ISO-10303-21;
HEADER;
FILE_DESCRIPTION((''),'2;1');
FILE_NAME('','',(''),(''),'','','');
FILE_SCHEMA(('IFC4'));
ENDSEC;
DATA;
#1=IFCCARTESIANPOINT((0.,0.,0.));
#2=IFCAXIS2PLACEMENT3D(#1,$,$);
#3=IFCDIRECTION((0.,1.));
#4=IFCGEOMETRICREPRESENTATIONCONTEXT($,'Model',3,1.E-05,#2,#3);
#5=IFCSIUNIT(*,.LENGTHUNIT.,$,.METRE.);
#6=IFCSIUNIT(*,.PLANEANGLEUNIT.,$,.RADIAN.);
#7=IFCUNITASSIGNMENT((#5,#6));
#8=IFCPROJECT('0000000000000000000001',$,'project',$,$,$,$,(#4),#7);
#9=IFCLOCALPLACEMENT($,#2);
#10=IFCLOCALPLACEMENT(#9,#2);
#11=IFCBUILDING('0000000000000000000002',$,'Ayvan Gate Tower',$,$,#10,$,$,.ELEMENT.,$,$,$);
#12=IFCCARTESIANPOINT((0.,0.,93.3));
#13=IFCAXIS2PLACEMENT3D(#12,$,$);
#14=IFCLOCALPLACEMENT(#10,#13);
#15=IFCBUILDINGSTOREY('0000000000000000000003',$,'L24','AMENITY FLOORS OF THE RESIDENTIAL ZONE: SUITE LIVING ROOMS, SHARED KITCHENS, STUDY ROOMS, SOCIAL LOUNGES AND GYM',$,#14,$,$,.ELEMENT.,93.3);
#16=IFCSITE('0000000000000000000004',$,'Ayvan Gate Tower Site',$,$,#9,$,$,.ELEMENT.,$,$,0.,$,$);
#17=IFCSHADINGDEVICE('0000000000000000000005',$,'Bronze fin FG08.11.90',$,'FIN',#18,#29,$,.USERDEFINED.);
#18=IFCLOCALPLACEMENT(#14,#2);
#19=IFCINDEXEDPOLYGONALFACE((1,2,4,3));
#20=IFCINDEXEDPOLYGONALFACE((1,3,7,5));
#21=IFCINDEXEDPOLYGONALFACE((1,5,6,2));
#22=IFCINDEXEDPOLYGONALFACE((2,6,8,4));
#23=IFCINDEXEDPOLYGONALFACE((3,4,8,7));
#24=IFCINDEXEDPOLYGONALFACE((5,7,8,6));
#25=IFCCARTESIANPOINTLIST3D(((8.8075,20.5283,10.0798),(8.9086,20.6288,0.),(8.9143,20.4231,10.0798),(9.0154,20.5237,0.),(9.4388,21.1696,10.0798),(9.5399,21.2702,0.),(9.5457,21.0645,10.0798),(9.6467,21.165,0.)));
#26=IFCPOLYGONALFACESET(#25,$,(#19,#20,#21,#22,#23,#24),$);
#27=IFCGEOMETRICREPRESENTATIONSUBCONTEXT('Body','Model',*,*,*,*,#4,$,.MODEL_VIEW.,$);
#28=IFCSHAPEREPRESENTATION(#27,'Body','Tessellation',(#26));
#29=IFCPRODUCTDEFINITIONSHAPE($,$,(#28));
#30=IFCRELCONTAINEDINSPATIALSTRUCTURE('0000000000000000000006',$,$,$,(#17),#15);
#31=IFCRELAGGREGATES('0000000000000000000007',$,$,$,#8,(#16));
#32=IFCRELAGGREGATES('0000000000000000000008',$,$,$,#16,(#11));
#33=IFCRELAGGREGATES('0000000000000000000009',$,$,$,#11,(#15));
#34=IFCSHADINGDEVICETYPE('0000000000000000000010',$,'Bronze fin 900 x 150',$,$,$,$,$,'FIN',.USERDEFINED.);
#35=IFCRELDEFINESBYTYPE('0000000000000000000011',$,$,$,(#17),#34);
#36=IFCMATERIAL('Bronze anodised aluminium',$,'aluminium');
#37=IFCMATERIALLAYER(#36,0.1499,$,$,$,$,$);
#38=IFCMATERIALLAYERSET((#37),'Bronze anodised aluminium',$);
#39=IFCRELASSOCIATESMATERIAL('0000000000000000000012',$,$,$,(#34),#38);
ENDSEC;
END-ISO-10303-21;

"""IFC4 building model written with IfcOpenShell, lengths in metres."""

from ifc_helpers import new_model, si_unit, direction, frame, origin, place, context, subcontext, project, spatial, polyline, outline, extrude, material, layer, layer_set, type_object, element, save


model = new_model("IFC4")

# Units and contexts
model_context = context("Model", 3, precision=1e-05, world=origin(), true_north=direction((0.0, 1.0)))
body_context = subcontext(model_context, "Body", "Model", "MODEL_VIEW")
ifc_project = project(units=[si_unit("LENGTHUNIT", "METRE"), si_unit("PLANEANGLEUNIT", "RADIAN")], contexts=[model_context])

# Site, building, storey
site_placement = place(None, origin())
site = spatial("IfcSite", under=ifc_project, at=site_placement, Name="Ayvan Gate Tower Site", CompositionType="ELEMENT", RefElevation=0.0)
building_placement = place(site_placement, origin())
building = spatial("IfcBuilding", under=site, at=building_placement, Name="Ayvan Gate Tower", CompositionType="ELEMENT")
storey_placement = place(building_placement, frame((0.0, 0.0, 93.3)))
storey = spatial("IfcBuildingStorey", under=building, at=storey_placement, Name="L24", Description="AMENITY FLOORS OF THE RESIDENTIAL ZONE: SUITE LIVING ROOMS, SHARED KITCHENS, STUDY ROOMS, SOCIAL LOUNGES AND GYM", CompositionType="ELEMENT", Elevation=93.3)

# Shared definitions
ifc_material_1 = material(Name="Bronze anodised aluminium", Category="aluminium")

# Shading device
ifc_layer_1 = layer(ifc_material_1, 0.1499)
ifc_layer_set_1 = layer_set([ifc_layer_1], Name="Bronze anodised aluminium")
shading_device_type = type_object("IfcShadingDeviceType", Name="Bronze fin 900 x 150", ElementType="FIN", PredefinedType="USERDEFINED", material=ifc_layer_set_1)
shading_device_1_placement = place(storey_placement, frame((9.0154, 20.5237, 0.0), z_axis=(0.712646, -0.701524, 0.000146), x_axis=(0.701524, 0.712646, 0.0)))
element("IfcShadingDevice", 1, at=shading_device_1_placement, inside=storey, type_object=shading_device_type, Name="Bronze fin FG08.11.90", ObjectType="FIN", PredefinedType="USERDEFINED", context=body_context, shape_type="SweptSolid", body=[
    extrude(outline(polyline([(0.0, 0.0), (0.9, 0.0), (0.7574, 10.0798), (-0.1426, 10.0798), (0.0, 0.0)])), origin(), (0.0, 0.0, -1.0), 0.1499),
])

save(model, "model.ifc")
